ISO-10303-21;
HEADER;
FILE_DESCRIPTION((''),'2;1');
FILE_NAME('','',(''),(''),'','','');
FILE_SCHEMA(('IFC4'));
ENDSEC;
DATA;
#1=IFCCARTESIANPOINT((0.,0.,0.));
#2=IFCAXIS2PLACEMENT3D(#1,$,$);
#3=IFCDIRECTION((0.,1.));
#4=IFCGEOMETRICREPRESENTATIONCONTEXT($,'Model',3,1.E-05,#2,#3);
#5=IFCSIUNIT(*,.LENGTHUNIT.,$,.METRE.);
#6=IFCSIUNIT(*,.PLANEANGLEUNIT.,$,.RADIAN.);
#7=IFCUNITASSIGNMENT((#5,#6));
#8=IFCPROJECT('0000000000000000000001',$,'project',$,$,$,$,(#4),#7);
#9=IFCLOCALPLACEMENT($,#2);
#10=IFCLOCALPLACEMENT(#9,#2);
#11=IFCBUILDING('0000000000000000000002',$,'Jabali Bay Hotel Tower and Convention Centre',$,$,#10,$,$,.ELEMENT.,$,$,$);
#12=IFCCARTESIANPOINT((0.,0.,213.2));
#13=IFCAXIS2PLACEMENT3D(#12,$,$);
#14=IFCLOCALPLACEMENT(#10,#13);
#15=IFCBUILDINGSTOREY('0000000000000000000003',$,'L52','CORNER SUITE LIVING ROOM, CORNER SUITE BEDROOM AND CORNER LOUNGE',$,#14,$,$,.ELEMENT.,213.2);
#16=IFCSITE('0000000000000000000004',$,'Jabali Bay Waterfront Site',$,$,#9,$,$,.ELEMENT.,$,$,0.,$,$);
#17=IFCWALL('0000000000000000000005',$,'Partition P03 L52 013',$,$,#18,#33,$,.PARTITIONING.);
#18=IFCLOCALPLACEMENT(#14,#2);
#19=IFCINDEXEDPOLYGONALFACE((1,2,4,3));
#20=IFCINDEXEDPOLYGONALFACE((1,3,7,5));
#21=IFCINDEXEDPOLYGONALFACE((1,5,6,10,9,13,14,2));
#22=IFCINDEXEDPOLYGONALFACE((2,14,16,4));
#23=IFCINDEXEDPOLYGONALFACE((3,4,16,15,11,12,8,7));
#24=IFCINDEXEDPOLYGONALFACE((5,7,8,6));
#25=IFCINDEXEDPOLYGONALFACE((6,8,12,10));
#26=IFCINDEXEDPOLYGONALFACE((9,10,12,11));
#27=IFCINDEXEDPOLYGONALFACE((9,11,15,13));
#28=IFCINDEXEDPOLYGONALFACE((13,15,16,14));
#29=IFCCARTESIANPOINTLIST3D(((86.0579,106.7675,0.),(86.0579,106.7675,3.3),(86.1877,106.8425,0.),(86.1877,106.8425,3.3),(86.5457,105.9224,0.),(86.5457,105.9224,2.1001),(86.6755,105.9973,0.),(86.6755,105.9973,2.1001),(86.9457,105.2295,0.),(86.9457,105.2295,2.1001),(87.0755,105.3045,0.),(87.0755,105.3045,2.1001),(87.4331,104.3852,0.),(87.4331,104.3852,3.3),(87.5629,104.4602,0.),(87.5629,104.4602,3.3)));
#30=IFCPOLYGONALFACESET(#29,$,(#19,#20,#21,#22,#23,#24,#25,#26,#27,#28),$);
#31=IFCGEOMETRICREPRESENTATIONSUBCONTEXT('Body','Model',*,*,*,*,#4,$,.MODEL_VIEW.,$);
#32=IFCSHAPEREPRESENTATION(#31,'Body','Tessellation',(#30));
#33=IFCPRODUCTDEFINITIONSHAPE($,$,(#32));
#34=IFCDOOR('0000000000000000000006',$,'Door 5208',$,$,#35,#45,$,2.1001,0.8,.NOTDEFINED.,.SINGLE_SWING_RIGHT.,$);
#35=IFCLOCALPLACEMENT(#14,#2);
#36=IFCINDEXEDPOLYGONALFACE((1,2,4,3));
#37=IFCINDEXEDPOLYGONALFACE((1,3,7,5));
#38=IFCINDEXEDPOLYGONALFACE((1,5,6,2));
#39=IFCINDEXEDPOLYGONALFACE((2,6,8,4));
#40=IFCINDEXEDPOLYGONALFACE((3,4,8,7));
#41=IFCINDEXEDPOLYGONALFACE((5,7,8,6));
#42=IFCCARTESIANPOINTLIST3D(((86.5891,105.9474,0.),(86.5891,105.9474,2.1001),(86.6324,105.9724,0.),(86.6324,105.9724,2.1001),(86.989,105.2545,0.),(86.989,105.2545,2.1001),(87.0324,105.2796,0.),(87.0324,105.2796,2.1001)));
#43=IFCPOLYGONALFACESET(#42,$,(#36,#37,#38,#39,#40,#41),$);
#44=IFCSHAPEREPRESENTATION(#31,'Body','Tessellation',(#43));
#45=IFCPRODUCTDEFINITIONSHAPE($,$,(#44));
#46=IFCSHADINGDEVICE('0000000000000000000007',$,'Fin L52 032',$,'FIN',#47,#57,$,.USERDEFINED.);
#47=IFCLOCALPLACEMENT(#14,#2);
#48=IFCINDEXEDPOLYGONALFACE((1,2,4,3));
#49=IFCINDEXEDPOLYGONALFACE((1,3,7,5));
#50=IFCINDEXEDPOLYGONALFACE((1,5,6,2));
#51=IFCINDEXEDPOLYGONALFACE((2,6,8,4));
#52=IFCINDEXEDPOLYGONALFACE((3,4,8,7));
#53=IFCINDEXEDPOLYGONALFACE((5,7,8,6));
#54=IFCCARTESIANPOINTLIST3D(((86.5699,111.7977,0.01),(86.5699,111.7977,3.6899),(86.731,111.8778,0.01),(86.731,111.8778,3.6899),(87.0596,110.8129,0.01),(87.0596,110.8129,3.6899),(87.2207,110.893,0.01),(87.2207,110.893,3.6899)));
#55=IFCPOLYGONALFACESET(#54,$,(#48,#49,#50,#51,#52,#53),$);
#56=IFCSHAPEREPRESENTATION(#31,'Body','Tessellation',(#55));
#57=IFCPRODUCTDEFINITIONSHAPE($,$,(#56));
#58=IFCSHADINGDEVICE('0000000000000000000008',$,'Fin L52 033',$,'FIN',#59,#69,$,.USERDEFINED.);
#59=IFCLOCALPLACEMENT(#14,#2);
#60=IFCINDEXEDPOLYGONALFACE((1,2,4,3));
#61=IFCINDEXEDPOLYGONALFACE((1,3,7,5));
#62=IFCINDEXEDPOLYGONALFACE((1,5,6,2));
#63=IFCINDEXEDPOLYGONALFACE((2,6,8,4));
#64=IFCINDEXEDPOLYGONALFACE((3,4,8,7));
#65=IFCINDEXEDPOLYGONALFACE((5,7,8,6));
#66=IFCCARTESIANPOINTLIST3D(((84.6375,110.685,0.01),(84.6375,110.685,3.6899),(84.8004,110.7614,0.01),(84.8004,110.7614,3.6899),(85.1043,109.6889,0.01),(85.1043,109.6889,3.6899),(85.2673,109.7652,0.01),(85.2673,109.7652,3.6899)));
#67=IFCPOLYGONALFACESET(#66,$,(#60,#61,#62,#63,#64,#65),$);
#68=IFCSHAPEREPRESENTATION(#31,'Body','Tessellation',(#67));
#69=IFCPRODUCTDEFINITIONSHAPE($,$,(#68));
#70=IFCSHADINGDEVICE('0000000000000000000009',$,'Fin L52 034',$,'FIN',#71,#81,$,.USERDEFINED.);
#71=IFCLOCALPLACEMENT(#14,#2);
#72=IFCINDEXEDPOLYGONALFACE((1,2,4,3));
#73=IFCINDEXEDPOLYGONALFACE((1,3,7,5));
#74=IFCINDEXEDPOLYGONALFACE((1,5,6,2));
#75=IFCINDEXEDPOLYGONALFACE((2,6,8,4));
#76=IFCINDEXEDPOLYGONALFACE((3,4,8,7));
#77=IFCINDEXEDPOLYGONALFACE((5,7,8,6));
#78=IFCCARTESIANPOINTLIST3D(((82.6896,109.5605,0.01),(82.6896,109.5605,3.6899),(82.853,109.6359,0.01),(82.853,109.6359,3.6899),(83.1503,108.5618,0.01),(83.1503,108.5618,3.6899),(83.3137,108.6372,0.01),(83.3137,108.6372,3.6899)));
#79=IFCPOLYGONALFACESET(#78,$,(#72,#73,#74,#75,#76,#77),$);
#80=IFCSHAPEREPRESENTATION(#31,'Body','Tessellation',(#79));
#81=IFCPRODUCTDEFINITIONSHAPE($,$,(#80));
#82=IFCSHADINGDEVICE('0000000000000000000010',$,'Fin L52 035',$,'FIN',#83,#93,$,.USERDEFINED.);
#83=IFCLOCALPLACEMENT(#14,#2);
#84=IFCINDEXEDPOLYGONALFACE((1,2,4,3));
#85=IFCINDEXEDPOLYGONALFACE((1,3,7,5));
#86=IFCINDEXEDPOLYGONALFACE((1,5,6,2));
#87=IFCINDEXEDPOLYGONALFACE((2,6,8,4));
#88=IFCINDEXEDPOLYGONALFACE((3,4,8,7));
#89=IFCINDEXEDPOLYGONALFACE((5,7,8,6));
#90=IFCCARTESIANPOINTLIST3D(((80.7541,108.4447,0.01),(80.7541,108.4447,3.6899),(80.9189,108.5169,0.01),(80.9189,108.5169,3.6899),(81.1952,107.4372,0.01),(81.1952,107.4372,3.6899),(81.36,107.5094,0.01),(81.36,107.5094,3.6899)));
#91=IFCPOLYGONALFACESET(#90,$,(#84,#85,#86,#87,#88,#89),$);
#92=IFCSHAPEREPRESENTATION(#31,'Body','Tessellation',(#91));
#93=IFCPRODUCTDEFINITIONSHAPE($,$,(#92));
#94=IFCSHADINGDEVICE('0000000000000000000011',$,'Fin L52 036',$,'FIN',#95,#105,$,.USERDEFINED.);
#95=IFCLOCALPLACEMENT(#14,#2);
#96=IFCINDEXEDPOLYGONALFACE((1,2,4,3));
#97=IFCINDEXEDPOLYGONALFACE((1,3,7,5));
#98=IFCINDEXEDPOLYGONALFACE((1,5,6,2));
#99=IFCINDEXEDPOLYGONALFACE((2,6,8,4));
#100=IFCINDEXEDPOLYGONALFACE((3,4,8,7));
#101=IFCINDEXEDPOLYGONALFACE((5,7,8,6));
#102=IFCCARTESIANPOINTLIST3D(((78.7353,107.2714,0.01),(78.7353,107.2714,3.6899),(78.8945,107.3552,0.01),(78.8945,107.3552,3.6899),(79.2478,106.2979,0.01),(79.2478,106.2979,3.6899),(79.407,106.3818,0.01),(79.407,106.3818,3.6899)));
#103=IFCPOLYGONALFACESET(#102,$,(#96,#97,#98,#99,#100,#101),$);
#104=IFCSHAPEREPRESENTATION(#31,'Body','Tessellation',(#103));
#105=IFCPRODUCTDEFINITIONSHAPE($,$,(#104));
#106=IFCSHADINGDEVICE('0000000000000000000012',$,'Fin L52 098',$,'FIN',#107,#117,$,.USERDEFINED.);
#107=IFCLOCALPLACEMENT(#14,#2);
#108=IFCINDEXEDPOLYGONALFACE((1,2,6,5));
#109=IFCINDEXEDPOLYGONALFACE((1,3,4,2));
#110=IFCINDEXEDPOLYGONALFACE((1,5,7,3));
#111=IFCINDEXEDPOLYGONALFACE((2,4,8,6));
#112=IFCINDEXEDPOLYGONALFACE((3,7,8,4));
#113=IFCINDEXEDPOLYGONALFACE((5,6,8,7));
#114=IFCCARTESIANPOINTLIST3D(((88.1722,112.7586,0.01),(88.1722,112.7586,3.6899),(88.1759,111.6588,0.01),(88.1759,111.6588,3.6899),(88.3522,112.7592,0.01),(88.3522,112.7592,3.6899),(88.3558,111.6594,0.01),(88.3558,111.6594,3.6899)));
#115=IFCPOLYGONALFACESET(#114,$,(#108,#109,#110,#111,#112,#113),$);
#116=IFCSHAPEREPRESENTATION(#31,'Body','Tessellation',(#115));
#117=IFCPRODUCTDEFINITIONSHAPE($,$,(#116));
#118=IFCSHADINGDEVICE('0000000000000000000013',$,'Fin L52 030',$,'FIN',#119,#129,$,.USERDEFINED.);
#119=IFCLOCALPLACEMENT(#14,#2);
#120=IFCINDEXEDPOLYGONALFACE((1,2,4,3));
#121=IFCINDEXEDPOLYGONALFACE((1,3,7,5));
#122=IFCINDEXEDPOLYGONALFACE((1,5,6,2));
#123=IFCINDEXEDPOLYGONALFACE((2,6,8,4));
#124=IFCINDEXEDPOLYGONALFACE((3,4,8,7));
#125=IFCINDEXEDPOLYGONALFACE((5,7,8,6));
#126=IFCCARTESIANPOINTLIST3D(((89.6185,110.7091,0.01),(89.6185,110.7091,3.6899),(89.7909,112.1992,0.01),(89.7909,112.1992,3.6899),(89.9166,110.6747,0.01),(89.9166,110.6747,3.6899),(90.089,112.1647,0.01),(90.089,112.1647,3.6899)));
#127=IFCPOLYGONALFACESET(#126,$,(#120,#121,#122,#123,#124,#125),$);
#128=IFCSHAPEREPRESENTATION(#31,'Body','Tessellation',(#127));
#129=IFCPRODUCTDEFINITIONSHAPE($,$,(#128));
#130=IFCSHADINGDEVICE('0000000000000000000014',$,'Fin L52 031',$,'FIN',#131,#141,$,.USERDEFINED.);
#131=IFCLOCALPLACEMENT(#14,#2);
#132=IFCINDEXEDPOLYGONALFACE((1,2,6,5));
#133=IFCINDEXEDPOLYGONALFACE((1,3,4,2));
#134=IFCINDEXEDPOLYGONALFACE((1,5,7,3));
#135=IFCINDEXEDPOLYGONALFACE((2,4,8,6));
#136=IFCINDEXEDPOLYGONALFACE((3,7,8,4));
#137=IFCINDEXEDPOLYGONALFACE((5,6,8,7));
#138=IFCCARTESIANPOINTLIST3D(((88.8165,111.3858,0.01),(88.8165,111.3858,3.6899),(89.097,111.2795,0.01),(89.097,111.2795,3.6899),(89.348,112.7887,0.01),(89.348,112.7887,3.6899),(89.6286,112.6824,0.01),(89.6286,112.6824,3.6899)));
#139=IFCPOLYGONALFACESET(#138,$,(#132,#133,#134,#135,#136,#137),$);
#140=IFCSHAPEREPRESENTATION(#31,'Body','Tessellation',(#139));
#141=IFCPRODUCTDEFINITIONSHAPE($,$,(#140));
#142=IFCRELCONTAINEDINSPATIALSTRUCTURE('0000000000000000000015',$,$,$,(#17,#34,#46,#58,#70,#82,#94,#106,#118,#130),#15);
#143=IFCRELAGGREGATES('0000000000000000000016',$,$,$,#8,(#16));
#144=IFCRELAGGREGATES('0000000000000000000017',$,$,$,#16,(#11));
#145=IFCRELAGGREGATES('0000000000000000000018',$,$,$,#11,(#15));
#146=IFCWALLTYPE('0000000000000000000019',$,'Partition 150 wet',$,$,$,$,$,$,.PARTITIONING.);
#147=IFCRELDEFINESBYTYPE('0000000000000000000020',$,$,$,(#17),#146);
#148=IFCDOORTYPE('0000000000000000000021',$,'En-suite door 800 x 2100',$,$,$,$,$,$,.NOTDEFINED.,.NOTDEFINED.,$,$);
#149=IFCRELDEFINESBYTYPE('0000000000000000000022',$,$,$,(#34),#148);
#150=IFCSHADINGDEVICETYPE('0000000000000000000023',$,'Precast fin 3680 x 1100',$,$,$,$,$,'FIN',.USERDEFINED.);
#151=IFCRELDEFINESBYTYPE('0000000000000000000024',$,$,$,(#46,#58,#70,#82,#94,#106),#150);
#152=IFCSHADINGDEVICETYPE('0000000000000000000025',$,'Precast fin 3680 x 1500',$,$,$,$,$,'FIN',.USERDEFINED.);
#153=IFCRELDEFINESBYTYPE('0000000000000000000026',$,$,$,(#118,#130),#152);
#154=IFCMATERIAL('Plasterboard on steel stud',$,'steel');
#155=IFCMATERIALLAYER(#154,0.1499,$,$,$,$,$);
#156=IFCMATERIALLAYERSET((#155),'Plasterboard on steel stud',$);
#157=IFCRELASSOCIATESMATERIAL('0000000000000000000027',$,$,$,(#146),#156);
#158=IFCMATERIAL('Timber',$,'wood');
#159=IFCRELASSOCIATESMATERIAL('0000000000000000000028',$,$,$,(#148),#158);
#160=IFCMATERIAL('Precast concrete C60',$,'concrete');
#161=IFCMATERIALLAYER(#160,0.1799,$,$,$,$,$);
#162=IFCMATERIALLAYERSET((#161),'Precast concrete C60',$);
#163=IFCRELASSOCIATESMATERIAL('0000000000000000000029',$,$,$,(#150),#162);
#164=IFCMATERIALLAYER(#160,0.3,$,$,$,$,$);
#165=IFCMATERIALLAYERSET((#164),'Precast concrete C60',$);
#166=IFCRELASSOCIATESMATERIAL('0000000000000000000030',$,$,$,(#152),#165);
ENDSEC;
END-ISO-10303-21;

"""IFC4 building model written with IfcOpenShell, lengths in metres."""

from ifc_helpers import new_model, si_unit, direction, frame, frame_2d, origin, place, context, subcontext, project, spatial, rectangle, extrude, material, layer, layer_set, type_object, element, fill, save


model = new_model("IFC4")

# Units and contexts
model_context = context("Model", 3, precision=1e-05, world=origin(), true_north=direction((0.0, 1.0)))
body_context = subcontext(model_context, "Body", "Model", "MODEL_VIEW")
ifc_project = project(units=[si_unit("LENGTHUNIT", "METRE"), si_unit("PLANEANGLEUNIT", "RADIAN")], contexts=[model_context])

# Site, building, storey
site_placement = place(None, origin())
site = spatial("IfcSite", under=ifc_project, at=site_placement, Name="Jabali Bay Waterfront Site", CompositionType="ELEMENT", RefElevation=0.0)
building_placement = place(site_placement, origin())
building = spatial("IfcBuilding", under=site, at=building_placement, Name="Jabali Bay Hotel Tower and Convention Centre", CompositionType="ELEMENT")
storey_placement = place(building_placement, frame((0.0, 0.0, 213.2)))
storey = spatial("IfcBuildingStorey", under=building, at=storey_placement, Name="L52", Description="CORNER SUITE LIVING ROOM, CORNER SUITE BEDROOM AND CORNER LOUNGE", CompositionType="ELEMENT", Elevation=213.2)

# Shared definitions
ifc_material_1 = material(Name="Plasterboard on steel stud", Category="steel")
ifc_layer_1 = layer(ifc_material_1, 0.1499)
ifc_layer_set_1 = layer_set([ifc_layer_1], Name="Plasterboard on steel stud")
wall_type_1 = type_object("IfcWallType", Name="Partition 150 wet", PredefinedType="PARTITIONING", material=ifc_layer_set_1)

# Wall, opening, door
wall_1_placement = place(storey_placement, frame((87.498, 104.4226, 0.0), z_axis=(0.0, 0.0, 1.0), x_axis=(-0.499948, 0.866056, 0.0)))
wall_1 = element("IfcWall", 1, at=wall_1_placement, inside=storey, type_object=wall_type_1, Name="Partition P03 L52 013", PredefinedType="PARTITIONING", context=body_context, shape_type="SweptSolid", body=[
    extrude(rectangle(XDim=2.7507, YDim=0.1499, at=frame_2d((1.3755, 0.0))), origin(), (0.0, 0.0, 1.0), 3.3),
])
opening_1_placement = place(wall_1_placement, frame((0.9751, 0.0, 0.0)))
opening_1 = element("IfcOpeningElement", 2, at=opening_1_placement, cuts=wall_1, PredefinedType="OPENING", context=body_context, shape_type="SweptSolid", body=[
    extrude(rectangle(XDim=0.8, YDim=2.1001, at=frame_2d((0.3999, 1.05))), frame((0.0, 0.0854, 0.0), z_axis=(0.0, -1.0, 0.0), x_axis=(1.0, 0.0, 0.0)), (0.0, 0.0, 1.0), 0.1709),
])
ifc_material_2 = material(Name="Timber", Category="wood")
door_type = type_object("IfcDoorType", Name="En-suite door 800 x 2100", OperationType="NOTDEFINED", PredefinedType="NOTDEFINED", material=ifc_material_2)
door_placement = place(opening_1_placement, origin())
door = element("IfcDoor", 3, at=door_placement, inside=storey, type_object=door_type, Name="Door 5208", OperationType="SINGLE_SWING_RIGHT", OverallHeight=2.1001, OverallWidth=0.8, PredefinedType="NOTDEFINED", context=body_context, shape_type="SweptSolid", body=[
    extrude(rectangle(XDim=0.8, YDim=2.1001, at=frame_2d((0.3999, 1.05))), frame((0.0, 0.0249, 0.0), z_axis=(0.0, -1.0, 0.0), x_axis=(1.0, 0.0, 0.0)), (0.0, 0.0, 1.0), 0.05),
])
fill(opening_1, door)

# Shading devices
ifc_material_3 = material(Name="Precast concrete C60", Category="concrete")
ifc_layer_2 = layer(ifc_material_3, 0.1799)
ifc_layer_set_2 = layer_set([ifc_layer_2], Name="Precast concrete C60")
shading_device_type_1 = type_object("IfcShadingDeviceType", Name="Precast fin 3680 x 1100", ElementType="FIN", PredefinedType="USERDEFINED", material=ifc_layer_set_2)
shading_device_1_placement = place(storey_placement, frame((87.1401, 110.853, 0.01), z_axis=(0.0, 0.0, 1.0), x_axis=(-0.445259, 0.895402, 0.0)))
element("IfcShadingDevice", 4, at=shading_device_1_placement, inside=storey, type_object=shading_device_type_1, Name="Fin L52 032", ObjectType="FIN", PredefinedType="USERDEFINED", context=body_context, shape_type="SweptSolid", body=[
    extrude(rectangle(XDim=1.0999, YDim=0.1799, at=frame_2d((0.5498, 0.0))), origin(), (0.0, 0.0, 1.0), 3.6799),
])
shading_device_2_placement = place(storey_placement, frame((85.1858, 109.7271, 0.01), z_axis=(0.0, 0.0, 1.0), x_axis=(-0.424343, 0.905502, 0.0)))
element("IfcShadingDevice", 5, at=shading_device_2_placement, inside=storey, type_object=shading_device_type_1, Name="Fin L52 033", ObjectType="FIN", PredefinedType="USERDEFINED", context=body_context, shape_type="SweptSolid", body=[
    extrude(rectangle(XDim=1.1001, YDim=0.1799, at=frame_2d((0.55, 0.0))), origin(), (0.0, 0.0, 1.0), 3.6799),
])
for number, where, z_axis, x_axis, name in (
    (6, (83.2319, 108.5996, 0.01), (0.0, 0.0, 1.0), (-0.418847, 0.908057, 0.0), "Fin L52 034"),
    (7, (81.2776, 107.4734, 0.01), (0.0, 0.0, 1.0), (-0.401087, 0.91604, 0.0), "Fin L52 035"),
):
    element("IfcShadingDevice", number, at=place(storey_placement, frame(where, z_axis=z_axis, x_axis=x_axis)), inside=storey, type_object=shading_device_type_1, Name=name, ObjectType="FIN", PredefinedType="USERDEFINED", context=body_context, shape_type="SweptSolid", body=[
        extrude(rectangle(XDim=1.0999, YDim=0.1799, at=frame_2d((0.5498, 0.0))), origin(), (0.0, 0.0, 1.0), 3.6799),
    ])
shading_device_3_placement = place(storey_placement, frame((79.3274, 106.3398, 0.01), z_axis=(0.0, 0.0, 1.0), x_axis=(-0.465847, 0.884865, 0.0)))
element("IfcShadingDevice", 8, at=shading_device_3_placement, inside=storey, type_object=shading_device_type_1, Name="Fin L52 036", ObjectType="FIN", PredefinedType="USERDEFINED", context=body_context, shape_type="SweptSolid", body=[
    extrude(rectangle(XDim=1.1001, YDim=0.1799, at=frame_2d((0.55, 0.0))), origin(), (0.0, 0.0, 1.0), 3.6799),
])
shading_device_4_placement = place(storey_placement, frame((88.2659, 111.6592, 0.01), z_axis=(0.0, 0.0, 1.0), x_axis=(-0.00333, 0.999994, 0.0)))
element("IfcShadingDevice", 9, at=shading_device_4_placement, inside=storey, type_object=shading_device_type_1, Name="Fin L52 098", ObjectType="FIN", PredefinedType="USERDEFINED", context=body_context, shape_type="SweptSolid", body=[
    extrude(rectangle(XDim=1.0999, YDim=0.1799, at=frame_2d((0.5498, 0.0))), origin(), (0.0, 0.0, 1.0), 3.6799),
])
ifc_layer_3 = layer(ifc_material_3, 0.3)
ifc_layer_set_3 = layer_set([ifc_layer_3], Name="Precast concrete C60")
shading_device_type_2 = type_object("IfcShadingDeviceType", Name="Precast fin 3680 x 1500", ElementType="FIN", PredefinedType="USERDEFINED", material=ifc_layer_set_3)
shading_device_5_placement = place(storey_placement, frame((89.7676, 110.6919, 0.01), z_axis=(0.0, 0.0, 1.0), x_axis=(0.114914, 0.993375, 0.0)))
element("IfcShadingDevice", 10, at=shading_device_5_placement, inside=storey, type_object=shading_device_type_2, Name="Fin L52 030", ObjectType="FIN", PredefinedType="USERDEFINED", context=body_context, shape_type="SweptSolid", body=[
    extrude(rectangle(XDim=1.5, YDim=0.3, at=frame_2d((0.75, 0.0))), origin(), (0.0, 0.0, 1.0), 3.6799),
])
shading_device_6_placement = place(storey_placement, frame((88.9568, 111.3328, 0.01), z_axis=(0.0, 0.0, 1.0), x_axis=(0.354296, 0.935133, 0.0)))
element("IfcShadingDevice", 11, at=shading_device_6_placement, inside=storey, type_object=shading_device_type_2, Name="Fin L52 031", ObjectType="FIN", PredefinedType="USERDEFINED", context=body_context, shape_type="SweptSolid", body=[
    extrude(rectangle(XDim=1.5002, YDim=0.3, at=frame_2d((0.75, 0.0))), origin(), (0.0, 0.0, 1.0), 3.6799),
])

save(model, "model.ifc")
